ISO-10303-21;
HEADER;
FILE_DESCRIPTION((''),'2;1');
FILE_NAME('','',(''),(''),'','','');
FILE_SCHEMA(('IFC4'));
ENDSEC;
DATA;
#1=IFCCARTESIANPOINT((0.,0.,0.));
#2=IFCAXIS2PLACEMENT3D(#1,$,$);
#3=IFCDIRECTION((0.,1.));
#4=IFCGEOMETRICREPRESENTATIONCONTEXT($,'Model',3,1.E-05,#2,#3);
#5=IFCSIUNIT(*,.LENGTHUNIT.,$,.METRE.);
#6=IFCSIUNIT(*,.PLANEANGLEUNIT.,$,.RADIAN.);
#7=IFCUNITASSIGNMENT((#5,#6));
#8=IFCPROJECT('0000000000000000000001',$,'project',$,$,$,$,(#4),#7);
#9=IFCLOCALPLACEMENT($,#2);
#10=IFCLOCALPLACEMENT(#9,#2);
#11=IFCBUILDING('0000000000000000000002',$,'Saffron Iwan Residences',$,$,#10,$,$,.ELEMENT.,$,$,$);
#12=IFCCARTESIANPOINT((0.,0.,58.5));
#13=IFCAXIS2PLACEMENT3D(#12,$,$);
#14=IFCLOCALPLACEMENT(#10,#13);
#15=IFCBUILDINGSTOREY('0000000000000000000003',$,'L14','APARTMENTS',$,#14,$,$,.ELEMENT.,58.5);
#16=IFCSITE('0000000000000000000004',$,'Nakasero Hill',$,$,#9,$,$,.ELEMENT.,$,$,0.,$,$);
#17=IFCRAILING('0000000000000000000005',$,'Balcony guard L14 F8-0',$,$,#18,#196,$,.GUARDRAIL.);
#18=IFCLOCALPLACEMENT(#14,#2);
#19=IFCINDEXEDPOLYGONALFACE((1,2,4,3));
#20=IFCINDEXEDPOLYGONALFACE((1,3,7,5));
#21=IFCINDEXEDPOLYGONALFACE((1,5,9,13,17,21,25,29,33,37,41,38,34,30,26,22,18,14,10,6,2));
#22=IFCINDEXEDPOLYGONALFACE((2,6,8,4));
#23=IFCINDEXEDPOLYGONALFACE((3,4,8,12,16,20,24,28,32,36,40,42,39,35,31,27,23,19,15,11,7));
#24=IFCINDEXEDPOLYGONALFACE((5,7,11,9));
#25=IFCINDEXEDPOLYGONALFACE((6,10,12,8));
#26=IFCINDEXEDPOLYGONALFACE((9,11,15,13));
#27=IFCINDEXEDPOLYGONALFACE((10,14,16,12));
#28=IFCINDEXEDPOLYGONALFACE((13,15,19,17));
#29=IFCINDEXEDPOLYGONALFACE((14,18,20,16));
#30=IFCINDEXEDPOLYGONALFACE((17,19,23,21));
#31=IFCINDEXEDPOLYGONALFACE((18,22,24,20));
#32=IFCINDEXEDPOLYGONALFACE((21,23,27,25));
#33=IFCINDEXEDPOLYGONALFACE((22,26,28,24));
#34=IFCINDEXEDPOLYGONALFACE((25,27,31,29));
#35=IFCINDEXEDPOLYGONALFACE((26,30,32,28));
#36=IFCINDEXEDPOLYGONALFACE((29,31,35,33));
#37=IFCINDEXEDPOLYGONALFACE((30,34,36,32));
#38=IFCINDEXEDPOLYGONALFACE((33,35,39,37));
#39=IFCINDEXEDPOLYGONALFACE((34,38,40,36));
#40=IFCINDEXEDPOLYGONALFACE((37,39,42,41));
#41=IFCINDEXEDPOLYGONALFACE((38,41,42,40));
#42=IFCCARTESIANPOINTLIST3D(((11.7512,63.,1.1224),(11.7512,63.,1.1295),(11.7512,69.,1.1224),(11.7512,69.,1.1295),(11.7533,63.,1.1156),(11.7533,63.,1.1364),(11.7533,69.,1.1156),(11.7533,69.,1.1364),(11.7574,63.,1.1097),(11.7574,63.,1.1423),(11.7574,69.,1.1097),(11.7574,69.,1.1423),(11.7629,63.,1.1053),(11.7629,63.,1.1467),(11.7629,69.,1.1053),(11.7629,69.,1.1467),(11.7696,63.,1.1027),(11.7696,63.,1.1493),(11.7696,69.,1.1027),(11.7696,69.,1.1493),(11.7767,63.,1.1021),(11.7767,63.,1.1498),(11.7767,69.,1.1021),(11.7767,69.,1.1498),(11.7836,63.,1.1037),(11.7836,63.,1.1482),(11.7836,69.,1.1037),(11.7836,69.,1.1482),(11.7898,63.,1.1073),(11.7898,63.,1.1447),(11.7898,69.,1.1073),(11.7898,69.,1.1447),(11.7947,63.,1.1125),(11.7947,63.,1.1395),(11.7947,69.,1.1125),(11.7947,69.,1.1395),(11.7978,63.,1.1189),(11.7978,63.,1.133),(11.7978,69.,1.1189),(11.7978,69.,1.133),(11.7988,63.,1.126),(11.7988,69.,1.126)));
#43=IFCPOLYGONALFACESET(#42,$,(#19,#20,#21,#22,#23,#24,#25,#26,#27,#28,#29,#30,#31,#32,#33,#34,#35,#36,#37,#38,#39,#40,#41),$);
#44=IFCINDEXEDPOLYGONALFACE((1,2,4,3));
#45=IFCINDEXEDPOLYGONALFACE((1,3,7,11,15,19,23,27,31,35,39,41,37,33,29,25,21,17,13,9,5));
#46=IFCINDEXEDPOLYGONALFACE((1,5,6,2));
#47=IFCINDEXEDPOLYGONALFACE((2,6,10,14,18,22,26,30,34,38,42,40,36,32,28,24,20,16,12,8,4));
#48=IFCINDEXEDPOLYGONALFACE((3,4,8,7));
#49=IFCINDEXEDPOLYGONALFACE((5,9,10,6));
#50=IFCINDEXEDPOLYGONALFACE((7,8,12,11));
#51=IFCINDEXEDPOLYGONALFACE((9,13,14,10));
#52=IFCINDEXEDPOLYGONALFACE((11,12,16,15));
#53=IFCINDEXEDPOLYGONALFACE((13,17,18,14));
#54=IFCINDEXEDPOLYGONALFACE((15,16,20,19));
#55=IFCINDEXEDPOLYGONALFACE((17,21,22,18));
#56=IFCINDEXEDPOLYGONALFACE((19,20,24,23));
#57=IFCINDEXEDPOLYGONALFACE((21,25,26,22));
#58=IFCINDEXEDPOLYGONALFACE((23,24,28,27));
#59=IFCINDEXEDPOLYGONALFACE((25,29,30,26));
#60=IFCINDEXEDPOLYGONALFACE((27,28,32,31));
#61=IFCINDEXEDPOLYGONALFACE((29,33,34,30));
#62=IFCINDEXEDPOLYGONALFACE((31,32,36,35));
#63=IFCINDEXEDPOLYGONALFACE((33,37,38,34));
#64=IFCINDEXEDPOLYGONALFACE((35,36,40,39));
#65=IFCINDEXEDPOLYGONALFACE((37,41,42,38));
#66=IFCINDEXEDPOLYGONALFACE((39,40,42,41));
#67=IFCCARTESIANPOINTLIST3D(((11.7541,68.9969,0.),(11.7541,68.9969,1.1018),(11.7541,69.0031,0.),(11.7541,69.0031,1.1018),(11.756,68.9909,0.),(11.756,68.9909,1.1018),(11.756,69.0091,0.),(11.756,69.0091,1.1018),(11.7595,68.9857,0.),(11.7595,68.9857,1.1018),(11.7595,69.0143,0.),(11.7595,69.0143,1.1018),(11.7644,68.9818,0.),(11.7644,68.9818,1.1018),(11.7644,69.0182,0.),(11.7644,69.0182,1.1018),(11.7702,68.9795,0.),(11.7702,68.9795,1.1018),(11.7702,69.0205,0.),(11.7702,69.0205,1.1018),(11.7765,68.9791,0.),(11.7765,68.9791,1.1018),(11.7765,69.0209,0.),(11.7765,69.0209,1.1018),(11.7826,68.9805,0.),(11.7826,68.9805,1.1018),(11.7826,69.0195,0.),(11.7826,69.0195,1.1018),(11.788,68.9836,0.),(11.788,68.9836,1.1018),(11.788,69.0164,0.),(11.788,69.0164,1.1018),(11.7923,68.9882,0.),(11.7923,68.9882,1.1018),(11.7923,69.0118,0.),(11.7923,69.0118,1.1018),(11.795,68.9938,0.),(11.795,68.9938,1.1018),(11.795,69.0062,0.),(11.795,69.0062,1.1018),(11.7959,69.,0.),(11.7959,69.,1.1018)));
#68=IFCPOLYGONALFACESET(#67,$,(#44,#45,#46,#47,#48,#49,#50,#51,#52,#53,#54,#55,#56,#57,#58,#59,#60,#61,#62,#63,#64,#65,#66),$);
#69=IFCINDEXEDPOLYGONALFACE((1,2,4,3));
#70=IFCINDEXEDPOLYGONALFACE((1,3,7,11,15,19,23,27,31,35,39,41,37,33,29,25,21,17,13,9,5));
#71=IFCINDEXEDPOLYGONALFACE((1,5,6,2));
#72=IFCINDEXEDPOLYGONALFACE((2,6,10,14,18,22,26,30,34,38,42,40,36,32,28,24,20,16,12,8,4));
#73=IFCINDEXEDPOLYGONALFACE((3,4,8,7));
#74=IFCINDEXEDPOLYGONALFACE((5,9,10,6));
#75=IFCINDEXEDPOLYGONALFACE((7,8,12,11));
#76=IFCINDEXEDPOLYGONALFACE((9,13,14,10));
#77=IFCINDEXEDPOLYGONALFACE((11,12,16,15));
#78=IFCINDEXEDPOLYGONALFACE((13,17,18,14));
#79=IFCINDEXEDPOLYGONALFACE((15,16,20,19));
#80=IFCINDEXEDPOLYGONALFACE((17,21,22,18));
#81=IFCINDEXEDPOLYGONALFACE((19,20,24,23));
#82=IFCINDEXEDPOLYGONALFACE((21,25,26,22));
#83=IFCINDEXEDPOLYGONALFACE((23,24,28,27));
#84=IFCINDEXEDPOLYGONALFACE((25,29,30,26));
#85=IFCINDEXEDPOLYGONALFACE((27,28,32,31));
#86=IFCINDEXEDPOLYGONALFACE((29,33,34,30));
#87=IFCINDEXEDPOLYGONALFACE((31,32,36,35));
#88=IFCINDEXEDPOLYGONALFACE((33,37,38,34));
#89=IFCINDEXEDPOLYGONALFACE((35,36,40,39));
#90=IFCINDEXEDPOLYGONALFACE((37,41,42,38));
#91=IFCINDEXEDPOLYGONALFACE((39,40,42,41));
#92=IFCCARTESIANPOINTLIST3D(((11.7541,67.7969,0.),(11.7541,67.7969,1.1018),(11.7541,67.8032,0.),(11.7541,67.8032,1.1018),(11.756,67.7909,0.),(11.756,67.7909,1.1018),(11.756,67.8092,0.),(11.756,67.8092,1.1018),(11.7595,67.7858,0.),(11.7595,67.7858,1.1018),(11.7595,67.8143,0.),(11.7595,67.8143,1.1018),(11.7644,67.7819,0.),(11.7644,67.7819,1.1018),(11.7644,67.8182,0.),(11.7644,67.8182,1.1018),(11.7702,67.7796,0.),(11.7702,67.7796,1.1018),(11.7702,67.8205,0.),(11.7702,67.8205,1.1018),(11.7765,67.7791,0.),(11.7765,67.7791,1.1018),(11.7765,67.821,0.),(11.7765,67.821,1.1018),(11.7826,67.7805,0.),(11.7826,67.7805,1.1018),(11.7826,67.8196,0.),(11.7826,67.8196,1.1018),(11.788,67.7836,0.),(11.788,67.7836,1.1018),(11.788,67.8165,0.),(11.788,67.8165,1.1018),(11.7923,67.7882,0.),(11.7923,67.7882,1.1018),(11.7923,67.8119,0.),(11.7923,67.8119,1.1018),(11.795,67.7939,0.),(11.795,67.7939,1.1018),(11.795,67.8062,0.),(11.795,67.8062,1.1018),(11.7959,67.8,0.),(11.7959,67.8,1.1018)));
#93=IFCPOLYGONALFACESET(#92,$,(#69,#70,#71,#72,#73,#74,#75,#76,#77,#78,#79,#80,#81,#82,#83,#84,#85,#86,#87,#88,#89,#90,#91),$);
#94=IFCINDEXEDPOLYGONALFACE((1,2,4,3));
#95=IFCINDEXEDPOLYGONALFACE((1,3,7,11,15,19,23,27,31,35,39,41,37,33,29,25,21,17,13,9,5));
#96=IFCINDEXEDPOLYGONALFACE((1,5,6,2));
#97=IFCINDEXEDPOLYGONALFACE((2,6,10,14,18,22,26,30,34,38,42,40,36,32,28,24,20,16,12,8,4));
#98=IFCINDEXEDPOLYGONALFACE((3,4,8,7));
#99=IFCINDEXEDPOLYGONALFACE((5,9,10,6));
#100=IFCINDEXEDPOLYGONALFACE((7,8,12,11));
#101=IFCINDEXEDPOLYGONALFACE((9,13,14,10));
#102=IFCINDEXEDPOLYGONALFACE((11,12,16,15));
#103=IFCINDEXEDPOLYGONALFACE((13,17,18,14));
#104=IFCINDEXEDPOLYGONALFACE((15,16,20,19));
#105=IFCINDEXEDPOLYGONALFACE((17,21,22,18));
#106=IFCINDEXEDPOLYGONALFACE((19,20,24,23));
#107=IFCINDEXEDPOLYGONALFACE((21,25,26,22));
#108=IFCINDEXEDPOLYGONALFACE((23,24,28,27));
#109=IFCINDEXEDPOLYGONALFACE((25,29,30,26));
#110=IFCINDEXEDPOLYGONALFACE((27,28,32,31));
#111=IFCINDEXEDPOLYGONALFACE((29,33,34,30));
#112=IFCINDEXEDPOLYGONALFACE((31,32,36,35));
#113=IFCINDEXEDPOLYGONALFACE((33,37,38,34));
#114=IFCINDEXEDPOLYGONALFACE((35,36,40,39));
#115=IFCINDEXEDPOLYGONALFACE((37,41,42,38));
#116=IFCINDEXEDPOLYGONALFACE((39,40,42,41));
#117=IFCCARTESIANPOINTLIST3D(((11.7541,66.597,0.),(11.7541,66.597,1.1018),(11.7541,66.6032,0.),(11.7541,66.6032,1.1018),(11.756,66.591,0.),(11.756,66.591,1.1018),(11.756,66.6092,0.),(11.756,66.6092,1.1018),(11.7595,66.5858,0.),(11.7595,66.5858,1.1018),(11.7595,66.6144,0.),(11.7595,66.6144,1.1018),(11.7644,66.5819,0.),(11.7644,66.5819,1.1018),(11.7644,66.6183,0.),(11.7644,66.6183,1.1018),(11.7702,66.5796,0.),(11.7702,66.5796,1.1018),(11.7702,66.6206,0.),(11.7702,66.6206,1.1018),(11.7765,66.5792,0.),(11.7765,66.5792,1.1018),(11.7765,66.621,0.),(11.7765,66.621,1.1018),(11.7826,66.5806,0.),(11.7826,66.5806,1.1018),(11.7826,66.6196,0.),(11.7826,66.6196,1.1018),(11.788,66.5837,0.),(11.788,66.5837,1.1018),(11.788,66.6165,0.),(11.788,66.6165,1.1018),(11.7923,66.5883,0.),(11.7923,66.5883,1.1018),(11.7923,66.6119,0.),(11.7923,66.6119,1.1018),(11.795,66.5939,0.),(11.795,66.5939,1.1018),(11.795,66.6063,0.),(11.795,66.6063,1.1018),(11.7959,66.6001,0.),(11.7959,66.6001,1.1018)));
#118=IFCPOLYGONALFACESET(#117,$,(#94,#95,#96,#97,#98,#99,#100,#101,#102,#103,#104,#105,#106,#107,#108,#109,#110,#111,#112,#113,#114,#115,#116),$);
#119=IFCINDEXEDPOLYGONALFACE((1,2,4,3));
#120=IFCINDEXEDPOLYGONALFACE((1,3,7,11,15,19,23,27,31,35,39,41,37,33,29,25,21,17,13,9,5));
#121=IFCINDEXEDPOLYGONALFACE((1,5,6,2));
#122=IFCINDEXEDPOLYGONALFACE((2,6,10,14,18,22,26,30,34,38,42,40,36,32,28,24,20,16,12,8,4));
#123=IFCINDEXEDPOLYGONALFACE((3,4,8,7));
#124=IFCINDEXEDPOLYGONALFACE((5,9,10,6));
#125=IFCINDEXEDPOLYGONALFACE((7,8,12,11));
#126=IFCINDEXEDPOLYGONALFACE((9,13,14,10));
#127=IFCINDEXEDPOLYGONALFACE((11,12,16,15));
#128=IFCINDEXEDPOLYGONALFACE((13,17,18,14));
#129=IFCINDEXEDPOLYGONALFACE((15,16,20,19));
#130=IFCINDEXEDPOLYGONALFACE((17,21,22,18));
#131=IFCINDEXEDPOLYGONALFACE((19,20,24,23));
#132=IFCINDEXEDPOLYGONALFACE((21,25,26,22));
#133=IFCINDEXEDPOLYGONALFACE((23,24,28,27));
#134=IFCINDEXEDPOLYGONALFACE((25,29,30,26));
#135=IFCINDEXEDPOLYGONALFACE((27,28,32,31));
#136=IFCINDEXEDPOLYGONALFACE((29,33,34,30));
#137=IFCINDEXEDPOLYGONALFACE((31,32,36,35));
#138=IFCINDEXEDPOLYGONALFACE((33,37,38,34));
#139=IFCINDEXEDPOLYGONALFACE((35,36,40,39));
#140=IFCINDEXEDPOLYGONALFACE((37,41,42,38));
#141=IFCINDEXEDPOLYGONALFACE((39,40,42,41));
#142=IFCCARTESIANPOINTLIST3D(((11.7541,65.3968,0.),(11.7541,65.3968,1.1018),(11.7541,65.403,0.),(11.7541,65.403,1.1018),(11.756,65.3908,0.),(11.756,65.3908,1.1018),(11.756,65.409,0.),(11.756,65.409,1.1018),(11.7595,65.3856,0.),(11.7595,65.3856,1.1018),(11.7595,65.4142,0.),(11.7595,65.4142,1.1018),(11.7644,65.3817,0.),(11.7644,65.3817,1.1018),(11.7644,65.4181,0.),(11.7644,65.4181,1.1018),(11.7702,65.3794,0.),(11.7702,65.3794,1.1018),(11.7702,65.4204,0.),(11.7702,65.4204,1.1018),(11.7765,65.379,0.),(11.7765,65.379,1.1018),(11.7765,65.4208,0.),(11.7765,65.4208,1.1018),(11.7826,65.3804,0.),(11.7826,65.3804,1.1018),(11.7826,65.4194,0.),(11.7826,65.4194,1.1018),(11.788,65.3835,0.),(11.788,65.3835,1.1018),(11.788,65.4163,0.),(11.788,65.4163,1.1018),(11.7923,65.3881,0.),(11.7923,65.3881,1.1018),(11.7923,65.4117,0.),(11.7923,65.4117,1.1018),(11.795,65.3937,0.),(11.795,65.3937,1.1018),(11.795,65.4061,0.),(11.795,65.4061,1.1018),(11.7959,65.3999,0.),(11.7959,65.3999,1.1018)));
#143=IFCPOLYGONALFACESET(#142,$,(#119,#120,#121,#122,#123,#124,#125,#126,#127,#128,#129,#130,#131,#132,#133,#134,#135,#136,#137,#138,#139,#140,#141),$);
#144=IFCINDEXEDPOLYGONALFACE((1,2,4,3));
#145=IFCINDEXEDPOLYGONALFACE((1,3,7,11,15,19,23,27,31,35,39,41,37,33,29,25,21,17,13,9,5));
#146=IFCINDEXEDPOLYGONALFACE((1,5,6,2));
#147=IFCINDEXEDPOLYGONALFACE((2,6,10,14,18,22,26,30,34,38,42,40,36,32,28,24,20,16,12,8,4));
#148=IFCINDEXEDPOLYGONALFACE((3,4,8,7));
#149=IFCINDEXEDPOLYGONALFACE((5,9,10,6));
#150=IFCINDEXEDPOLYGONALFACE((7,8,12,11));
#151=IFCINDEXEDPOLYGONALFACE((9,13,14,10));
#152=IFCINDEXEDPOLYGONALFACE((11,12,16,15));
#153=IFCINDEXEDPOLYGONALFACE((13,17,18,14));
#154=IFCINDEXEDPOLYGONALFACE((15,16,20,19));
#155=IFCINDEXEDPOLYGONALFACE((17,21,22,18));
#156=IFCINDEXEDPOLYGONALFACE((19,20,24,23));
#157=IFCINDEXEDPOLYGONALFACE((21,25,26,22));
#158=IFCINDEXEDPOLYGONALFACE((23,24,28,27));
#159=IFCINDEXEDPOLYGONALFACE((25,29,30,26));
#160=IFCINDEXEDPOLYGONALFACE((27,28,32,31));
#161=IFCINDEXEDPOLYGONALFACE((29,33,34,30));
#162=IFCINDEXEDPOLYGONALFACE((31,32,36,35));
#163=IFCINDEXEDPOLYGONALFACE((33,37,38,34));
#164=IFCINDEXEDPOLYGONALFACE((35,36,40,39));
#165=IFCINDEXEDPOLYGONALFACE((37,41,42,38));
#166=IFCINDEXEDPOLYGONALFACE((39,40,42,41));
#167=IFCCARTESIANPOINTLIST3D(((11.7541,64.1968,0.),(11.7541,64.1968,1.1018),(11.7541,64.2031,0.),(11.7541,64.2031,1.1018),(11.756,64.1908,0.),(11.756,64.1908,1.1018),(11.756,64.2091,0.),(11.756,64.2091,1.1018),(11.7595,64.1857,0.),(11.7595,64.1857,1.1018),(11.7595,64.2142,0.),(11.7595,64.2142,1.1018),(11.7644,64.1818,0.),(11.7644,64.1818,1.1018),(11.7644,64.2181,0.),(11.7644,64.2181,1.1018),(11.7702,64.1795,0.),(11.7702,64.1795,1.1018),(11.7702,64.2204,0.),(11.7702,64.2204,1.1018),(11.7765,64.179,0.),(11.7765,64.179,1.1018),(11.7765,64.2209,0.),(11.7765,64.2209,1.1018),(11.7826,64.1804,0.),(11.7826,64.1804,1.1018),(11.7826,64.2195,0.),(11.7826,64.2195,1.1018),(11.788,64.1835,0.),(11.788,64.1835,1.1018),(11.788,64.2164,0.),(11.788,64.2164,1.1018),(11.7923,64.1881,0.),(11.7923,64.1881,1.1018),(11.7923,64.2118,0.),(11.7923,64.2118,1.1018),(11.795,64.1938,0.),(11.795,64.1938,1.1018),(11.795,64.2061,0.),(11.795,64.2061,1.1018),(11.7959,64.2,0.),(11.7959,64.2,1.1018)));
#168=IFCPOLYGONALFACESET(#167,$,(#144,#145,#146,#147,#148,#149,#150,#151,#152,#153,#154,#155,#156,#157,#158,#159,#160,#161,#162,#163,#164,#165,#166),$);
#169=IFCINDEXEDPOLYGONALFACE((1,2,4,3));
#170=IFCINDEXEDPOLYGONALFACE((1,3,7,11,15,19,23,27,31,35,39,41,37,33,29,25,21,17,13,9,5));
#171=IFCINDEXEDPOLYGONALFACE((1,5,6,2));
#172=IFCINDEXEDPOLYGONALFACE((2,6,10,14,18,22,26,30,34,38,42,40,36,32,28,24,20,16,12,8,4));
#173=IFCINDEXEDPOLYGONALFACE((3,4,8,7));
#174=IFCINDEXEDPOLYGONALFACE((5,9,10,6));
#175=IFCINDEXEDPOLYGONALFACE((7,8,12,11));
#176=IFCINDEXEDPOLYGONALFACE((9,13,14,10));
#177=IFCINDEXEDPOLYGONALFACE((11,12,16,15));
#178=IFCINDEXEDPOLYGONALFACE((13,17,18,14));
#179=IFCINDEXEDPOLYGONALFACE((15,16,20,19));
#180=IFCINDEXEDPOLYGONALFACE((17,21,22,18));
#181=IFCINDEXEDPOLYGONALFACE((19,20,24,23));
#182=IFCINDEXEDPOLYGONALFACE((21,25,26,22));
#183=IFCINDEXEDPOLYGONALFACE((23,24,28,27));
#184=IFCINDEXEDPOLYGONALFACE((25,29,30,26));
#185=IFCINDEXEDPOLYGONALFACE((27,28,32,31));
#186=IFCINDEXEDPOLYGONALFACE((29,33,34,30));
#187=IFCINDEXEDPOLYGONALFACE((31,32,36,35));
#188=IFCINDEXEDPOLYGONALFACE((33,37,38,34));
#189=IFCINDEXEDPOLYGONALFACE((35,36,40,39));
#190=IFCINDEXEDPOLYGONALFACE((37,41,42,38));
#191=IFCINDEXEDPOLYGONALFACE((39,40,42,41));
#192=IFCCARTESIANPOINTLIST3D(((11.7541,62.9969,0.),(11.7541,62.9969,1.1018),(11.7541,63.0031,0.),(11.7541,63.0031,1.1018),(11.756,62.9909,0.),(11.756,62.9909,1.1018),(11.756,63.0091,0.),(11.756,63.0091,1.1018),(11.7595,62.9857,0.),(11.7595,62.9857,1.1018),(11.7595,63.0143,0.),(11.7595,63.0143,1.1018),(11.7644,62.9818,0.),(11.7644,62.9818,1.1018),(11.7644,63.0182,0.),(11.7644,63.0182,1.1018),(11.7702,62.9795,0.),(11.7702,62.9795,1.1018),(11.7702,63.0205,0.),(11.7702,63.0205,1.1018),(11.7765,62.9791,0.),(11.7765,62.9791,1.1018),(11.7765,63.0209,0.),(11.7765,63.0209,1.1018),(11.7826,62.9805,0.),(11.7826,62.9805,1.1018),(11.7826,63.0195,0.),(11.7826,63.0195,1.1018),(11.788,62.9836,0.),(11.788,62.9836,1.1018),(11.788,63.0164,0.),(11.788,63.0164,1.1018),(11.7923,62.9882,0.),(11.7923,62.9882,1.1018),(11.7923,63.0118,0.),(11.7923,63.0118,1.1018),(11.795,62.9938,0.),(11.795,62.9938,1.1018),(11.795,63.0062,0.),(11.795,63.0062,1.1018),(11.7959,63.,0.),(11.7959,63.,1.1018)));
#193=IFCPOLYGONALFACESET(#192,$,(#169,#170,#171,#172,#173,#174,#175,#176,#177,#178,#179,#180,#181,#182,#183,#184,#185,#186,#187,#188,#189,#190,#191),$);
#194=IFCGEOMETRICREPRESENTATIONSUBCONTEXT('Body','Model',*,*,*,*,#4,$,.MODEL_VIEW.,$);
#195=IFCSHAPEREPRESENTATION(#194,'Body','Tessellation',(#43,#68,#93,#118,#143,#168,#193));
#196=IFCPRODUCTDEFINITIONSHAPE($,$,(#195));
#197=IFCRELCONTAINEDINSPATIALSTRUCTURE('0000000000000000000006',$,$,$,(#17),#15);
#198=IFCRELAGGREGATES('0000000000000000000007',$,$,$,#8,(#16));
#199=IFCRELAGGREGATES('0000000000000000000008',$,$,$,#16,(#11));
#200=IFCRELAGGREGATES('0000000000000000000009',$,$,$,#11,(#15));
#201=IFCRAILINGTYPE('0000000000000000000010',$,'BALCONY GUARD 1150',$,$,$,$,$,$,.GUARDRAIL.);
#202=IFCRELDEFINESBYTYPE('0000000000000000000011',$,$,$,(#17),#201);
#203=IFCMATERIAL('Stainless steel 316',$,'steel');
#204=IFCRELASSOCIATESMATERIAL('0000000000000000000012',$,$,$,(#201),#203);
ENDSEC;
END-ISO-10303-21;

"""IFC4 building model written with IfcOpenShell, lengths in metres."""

from ifc_helpers import new_model, si_unit, direction, frame, origin, origin_2d, place, context, subcontext, project, spatial, circle, extrude, material, type_object, element, save


model = new_model("IFC4")

# Units and contexts
model_context = context("Model", 3, precision=1e-05, world=origin(), true_north=direction((0.0, 1.0)))
body_context = subcontext(model_context, "Body", "Model", "MODEL_VIEW")
ifc_project = project(units=[si_unit("LENGTHUNIT", "METRE"), si_unit("PLANEANGLEUNIT", "RADIAN")], contexts=[model_context])

# Site, building, storey
site_placement = place(None, origin())
site = spatial("IfcSite", under=ifc_project, at=site_placement, Name="Nakasero Hill", CompositionType="ELEMENT", RefElevation=0.0)
building_placement = place(site_placement, origin())
building = spatial("IfcBuilding", under=site, at=building_placement, Name="Saffron Iwan Residences", CompositionType="ELEMENT")
storey_placement = place(building_placement, frame((0.0, 0.0, 58.5)))
storey = spatial("IfcBuildingStorey", under=building, at=storey_placement, Name="L14", Description="APARTMENTS", CompositionType="ELEMENT", Elevation=58.5)

# Railing
ifc_material_1 = material(Name="Stainless steel 316", Category="steel")
railing_type = type_object("IfcRailingType", Name="BALCONY GUARD 1150", PredefinedType="GUARDRAIL", material=ifc_material_1)
railing_placement = place(storey_placement, frame((11.7749, 69.0, 0.0)))
element("IfcRailing", 1, at=railing_placement, inside=storey, type_object=railing_type, Name="Balcony guard L14 F8-0", PredefinedType="GUARDRAIL", context=body_context, shape_type="SweptSolid", body=[
    extrude(circle(Radius=0.0239, at=origin_2d()), frame((0.0, 0.0, 1.126), z_axis=(0.0, -1.0, 0.0), x_axis=(1.0, 0.0, 0.0)), (0.0, 0.0, 1.0), 6.0),
    extrude(circle(Radius=0.021, at=origin_2d()), origin(), (0.0, 0.0, 1.0), 1.1018),
    extrude(circle(Radius=0.021, at=origin_2d()), frame((0.0, -1.2, 0.0)), (0.0, 0.0, 1.0), 1.1018),
    extrude(circle(Radius=0.021, at=origin_2d()), frame((0.0, -2.3999, 0.0)), (0.0, 0.0, 1.0), 1.1018),
    extrude(circle(Radius=0.021, at=origin_2d()), frame((0.0, -3.6001, 0.0)), (0.0, 0.0, 1.0), 1.1018),
    extrude(circle(Radius=0.021, at=origin_2d()), frame((0.0, -4.8, 0.0)), (0.0, 0.0, 1.0), 1.1018),
    extrude(circle(Radius=0.021, at=origin_2d()), frame((0.0, -6.0, 0.0)), (0.0, 0.0, 1.0), 1.1018),
])

save(model, "model.ifc")
